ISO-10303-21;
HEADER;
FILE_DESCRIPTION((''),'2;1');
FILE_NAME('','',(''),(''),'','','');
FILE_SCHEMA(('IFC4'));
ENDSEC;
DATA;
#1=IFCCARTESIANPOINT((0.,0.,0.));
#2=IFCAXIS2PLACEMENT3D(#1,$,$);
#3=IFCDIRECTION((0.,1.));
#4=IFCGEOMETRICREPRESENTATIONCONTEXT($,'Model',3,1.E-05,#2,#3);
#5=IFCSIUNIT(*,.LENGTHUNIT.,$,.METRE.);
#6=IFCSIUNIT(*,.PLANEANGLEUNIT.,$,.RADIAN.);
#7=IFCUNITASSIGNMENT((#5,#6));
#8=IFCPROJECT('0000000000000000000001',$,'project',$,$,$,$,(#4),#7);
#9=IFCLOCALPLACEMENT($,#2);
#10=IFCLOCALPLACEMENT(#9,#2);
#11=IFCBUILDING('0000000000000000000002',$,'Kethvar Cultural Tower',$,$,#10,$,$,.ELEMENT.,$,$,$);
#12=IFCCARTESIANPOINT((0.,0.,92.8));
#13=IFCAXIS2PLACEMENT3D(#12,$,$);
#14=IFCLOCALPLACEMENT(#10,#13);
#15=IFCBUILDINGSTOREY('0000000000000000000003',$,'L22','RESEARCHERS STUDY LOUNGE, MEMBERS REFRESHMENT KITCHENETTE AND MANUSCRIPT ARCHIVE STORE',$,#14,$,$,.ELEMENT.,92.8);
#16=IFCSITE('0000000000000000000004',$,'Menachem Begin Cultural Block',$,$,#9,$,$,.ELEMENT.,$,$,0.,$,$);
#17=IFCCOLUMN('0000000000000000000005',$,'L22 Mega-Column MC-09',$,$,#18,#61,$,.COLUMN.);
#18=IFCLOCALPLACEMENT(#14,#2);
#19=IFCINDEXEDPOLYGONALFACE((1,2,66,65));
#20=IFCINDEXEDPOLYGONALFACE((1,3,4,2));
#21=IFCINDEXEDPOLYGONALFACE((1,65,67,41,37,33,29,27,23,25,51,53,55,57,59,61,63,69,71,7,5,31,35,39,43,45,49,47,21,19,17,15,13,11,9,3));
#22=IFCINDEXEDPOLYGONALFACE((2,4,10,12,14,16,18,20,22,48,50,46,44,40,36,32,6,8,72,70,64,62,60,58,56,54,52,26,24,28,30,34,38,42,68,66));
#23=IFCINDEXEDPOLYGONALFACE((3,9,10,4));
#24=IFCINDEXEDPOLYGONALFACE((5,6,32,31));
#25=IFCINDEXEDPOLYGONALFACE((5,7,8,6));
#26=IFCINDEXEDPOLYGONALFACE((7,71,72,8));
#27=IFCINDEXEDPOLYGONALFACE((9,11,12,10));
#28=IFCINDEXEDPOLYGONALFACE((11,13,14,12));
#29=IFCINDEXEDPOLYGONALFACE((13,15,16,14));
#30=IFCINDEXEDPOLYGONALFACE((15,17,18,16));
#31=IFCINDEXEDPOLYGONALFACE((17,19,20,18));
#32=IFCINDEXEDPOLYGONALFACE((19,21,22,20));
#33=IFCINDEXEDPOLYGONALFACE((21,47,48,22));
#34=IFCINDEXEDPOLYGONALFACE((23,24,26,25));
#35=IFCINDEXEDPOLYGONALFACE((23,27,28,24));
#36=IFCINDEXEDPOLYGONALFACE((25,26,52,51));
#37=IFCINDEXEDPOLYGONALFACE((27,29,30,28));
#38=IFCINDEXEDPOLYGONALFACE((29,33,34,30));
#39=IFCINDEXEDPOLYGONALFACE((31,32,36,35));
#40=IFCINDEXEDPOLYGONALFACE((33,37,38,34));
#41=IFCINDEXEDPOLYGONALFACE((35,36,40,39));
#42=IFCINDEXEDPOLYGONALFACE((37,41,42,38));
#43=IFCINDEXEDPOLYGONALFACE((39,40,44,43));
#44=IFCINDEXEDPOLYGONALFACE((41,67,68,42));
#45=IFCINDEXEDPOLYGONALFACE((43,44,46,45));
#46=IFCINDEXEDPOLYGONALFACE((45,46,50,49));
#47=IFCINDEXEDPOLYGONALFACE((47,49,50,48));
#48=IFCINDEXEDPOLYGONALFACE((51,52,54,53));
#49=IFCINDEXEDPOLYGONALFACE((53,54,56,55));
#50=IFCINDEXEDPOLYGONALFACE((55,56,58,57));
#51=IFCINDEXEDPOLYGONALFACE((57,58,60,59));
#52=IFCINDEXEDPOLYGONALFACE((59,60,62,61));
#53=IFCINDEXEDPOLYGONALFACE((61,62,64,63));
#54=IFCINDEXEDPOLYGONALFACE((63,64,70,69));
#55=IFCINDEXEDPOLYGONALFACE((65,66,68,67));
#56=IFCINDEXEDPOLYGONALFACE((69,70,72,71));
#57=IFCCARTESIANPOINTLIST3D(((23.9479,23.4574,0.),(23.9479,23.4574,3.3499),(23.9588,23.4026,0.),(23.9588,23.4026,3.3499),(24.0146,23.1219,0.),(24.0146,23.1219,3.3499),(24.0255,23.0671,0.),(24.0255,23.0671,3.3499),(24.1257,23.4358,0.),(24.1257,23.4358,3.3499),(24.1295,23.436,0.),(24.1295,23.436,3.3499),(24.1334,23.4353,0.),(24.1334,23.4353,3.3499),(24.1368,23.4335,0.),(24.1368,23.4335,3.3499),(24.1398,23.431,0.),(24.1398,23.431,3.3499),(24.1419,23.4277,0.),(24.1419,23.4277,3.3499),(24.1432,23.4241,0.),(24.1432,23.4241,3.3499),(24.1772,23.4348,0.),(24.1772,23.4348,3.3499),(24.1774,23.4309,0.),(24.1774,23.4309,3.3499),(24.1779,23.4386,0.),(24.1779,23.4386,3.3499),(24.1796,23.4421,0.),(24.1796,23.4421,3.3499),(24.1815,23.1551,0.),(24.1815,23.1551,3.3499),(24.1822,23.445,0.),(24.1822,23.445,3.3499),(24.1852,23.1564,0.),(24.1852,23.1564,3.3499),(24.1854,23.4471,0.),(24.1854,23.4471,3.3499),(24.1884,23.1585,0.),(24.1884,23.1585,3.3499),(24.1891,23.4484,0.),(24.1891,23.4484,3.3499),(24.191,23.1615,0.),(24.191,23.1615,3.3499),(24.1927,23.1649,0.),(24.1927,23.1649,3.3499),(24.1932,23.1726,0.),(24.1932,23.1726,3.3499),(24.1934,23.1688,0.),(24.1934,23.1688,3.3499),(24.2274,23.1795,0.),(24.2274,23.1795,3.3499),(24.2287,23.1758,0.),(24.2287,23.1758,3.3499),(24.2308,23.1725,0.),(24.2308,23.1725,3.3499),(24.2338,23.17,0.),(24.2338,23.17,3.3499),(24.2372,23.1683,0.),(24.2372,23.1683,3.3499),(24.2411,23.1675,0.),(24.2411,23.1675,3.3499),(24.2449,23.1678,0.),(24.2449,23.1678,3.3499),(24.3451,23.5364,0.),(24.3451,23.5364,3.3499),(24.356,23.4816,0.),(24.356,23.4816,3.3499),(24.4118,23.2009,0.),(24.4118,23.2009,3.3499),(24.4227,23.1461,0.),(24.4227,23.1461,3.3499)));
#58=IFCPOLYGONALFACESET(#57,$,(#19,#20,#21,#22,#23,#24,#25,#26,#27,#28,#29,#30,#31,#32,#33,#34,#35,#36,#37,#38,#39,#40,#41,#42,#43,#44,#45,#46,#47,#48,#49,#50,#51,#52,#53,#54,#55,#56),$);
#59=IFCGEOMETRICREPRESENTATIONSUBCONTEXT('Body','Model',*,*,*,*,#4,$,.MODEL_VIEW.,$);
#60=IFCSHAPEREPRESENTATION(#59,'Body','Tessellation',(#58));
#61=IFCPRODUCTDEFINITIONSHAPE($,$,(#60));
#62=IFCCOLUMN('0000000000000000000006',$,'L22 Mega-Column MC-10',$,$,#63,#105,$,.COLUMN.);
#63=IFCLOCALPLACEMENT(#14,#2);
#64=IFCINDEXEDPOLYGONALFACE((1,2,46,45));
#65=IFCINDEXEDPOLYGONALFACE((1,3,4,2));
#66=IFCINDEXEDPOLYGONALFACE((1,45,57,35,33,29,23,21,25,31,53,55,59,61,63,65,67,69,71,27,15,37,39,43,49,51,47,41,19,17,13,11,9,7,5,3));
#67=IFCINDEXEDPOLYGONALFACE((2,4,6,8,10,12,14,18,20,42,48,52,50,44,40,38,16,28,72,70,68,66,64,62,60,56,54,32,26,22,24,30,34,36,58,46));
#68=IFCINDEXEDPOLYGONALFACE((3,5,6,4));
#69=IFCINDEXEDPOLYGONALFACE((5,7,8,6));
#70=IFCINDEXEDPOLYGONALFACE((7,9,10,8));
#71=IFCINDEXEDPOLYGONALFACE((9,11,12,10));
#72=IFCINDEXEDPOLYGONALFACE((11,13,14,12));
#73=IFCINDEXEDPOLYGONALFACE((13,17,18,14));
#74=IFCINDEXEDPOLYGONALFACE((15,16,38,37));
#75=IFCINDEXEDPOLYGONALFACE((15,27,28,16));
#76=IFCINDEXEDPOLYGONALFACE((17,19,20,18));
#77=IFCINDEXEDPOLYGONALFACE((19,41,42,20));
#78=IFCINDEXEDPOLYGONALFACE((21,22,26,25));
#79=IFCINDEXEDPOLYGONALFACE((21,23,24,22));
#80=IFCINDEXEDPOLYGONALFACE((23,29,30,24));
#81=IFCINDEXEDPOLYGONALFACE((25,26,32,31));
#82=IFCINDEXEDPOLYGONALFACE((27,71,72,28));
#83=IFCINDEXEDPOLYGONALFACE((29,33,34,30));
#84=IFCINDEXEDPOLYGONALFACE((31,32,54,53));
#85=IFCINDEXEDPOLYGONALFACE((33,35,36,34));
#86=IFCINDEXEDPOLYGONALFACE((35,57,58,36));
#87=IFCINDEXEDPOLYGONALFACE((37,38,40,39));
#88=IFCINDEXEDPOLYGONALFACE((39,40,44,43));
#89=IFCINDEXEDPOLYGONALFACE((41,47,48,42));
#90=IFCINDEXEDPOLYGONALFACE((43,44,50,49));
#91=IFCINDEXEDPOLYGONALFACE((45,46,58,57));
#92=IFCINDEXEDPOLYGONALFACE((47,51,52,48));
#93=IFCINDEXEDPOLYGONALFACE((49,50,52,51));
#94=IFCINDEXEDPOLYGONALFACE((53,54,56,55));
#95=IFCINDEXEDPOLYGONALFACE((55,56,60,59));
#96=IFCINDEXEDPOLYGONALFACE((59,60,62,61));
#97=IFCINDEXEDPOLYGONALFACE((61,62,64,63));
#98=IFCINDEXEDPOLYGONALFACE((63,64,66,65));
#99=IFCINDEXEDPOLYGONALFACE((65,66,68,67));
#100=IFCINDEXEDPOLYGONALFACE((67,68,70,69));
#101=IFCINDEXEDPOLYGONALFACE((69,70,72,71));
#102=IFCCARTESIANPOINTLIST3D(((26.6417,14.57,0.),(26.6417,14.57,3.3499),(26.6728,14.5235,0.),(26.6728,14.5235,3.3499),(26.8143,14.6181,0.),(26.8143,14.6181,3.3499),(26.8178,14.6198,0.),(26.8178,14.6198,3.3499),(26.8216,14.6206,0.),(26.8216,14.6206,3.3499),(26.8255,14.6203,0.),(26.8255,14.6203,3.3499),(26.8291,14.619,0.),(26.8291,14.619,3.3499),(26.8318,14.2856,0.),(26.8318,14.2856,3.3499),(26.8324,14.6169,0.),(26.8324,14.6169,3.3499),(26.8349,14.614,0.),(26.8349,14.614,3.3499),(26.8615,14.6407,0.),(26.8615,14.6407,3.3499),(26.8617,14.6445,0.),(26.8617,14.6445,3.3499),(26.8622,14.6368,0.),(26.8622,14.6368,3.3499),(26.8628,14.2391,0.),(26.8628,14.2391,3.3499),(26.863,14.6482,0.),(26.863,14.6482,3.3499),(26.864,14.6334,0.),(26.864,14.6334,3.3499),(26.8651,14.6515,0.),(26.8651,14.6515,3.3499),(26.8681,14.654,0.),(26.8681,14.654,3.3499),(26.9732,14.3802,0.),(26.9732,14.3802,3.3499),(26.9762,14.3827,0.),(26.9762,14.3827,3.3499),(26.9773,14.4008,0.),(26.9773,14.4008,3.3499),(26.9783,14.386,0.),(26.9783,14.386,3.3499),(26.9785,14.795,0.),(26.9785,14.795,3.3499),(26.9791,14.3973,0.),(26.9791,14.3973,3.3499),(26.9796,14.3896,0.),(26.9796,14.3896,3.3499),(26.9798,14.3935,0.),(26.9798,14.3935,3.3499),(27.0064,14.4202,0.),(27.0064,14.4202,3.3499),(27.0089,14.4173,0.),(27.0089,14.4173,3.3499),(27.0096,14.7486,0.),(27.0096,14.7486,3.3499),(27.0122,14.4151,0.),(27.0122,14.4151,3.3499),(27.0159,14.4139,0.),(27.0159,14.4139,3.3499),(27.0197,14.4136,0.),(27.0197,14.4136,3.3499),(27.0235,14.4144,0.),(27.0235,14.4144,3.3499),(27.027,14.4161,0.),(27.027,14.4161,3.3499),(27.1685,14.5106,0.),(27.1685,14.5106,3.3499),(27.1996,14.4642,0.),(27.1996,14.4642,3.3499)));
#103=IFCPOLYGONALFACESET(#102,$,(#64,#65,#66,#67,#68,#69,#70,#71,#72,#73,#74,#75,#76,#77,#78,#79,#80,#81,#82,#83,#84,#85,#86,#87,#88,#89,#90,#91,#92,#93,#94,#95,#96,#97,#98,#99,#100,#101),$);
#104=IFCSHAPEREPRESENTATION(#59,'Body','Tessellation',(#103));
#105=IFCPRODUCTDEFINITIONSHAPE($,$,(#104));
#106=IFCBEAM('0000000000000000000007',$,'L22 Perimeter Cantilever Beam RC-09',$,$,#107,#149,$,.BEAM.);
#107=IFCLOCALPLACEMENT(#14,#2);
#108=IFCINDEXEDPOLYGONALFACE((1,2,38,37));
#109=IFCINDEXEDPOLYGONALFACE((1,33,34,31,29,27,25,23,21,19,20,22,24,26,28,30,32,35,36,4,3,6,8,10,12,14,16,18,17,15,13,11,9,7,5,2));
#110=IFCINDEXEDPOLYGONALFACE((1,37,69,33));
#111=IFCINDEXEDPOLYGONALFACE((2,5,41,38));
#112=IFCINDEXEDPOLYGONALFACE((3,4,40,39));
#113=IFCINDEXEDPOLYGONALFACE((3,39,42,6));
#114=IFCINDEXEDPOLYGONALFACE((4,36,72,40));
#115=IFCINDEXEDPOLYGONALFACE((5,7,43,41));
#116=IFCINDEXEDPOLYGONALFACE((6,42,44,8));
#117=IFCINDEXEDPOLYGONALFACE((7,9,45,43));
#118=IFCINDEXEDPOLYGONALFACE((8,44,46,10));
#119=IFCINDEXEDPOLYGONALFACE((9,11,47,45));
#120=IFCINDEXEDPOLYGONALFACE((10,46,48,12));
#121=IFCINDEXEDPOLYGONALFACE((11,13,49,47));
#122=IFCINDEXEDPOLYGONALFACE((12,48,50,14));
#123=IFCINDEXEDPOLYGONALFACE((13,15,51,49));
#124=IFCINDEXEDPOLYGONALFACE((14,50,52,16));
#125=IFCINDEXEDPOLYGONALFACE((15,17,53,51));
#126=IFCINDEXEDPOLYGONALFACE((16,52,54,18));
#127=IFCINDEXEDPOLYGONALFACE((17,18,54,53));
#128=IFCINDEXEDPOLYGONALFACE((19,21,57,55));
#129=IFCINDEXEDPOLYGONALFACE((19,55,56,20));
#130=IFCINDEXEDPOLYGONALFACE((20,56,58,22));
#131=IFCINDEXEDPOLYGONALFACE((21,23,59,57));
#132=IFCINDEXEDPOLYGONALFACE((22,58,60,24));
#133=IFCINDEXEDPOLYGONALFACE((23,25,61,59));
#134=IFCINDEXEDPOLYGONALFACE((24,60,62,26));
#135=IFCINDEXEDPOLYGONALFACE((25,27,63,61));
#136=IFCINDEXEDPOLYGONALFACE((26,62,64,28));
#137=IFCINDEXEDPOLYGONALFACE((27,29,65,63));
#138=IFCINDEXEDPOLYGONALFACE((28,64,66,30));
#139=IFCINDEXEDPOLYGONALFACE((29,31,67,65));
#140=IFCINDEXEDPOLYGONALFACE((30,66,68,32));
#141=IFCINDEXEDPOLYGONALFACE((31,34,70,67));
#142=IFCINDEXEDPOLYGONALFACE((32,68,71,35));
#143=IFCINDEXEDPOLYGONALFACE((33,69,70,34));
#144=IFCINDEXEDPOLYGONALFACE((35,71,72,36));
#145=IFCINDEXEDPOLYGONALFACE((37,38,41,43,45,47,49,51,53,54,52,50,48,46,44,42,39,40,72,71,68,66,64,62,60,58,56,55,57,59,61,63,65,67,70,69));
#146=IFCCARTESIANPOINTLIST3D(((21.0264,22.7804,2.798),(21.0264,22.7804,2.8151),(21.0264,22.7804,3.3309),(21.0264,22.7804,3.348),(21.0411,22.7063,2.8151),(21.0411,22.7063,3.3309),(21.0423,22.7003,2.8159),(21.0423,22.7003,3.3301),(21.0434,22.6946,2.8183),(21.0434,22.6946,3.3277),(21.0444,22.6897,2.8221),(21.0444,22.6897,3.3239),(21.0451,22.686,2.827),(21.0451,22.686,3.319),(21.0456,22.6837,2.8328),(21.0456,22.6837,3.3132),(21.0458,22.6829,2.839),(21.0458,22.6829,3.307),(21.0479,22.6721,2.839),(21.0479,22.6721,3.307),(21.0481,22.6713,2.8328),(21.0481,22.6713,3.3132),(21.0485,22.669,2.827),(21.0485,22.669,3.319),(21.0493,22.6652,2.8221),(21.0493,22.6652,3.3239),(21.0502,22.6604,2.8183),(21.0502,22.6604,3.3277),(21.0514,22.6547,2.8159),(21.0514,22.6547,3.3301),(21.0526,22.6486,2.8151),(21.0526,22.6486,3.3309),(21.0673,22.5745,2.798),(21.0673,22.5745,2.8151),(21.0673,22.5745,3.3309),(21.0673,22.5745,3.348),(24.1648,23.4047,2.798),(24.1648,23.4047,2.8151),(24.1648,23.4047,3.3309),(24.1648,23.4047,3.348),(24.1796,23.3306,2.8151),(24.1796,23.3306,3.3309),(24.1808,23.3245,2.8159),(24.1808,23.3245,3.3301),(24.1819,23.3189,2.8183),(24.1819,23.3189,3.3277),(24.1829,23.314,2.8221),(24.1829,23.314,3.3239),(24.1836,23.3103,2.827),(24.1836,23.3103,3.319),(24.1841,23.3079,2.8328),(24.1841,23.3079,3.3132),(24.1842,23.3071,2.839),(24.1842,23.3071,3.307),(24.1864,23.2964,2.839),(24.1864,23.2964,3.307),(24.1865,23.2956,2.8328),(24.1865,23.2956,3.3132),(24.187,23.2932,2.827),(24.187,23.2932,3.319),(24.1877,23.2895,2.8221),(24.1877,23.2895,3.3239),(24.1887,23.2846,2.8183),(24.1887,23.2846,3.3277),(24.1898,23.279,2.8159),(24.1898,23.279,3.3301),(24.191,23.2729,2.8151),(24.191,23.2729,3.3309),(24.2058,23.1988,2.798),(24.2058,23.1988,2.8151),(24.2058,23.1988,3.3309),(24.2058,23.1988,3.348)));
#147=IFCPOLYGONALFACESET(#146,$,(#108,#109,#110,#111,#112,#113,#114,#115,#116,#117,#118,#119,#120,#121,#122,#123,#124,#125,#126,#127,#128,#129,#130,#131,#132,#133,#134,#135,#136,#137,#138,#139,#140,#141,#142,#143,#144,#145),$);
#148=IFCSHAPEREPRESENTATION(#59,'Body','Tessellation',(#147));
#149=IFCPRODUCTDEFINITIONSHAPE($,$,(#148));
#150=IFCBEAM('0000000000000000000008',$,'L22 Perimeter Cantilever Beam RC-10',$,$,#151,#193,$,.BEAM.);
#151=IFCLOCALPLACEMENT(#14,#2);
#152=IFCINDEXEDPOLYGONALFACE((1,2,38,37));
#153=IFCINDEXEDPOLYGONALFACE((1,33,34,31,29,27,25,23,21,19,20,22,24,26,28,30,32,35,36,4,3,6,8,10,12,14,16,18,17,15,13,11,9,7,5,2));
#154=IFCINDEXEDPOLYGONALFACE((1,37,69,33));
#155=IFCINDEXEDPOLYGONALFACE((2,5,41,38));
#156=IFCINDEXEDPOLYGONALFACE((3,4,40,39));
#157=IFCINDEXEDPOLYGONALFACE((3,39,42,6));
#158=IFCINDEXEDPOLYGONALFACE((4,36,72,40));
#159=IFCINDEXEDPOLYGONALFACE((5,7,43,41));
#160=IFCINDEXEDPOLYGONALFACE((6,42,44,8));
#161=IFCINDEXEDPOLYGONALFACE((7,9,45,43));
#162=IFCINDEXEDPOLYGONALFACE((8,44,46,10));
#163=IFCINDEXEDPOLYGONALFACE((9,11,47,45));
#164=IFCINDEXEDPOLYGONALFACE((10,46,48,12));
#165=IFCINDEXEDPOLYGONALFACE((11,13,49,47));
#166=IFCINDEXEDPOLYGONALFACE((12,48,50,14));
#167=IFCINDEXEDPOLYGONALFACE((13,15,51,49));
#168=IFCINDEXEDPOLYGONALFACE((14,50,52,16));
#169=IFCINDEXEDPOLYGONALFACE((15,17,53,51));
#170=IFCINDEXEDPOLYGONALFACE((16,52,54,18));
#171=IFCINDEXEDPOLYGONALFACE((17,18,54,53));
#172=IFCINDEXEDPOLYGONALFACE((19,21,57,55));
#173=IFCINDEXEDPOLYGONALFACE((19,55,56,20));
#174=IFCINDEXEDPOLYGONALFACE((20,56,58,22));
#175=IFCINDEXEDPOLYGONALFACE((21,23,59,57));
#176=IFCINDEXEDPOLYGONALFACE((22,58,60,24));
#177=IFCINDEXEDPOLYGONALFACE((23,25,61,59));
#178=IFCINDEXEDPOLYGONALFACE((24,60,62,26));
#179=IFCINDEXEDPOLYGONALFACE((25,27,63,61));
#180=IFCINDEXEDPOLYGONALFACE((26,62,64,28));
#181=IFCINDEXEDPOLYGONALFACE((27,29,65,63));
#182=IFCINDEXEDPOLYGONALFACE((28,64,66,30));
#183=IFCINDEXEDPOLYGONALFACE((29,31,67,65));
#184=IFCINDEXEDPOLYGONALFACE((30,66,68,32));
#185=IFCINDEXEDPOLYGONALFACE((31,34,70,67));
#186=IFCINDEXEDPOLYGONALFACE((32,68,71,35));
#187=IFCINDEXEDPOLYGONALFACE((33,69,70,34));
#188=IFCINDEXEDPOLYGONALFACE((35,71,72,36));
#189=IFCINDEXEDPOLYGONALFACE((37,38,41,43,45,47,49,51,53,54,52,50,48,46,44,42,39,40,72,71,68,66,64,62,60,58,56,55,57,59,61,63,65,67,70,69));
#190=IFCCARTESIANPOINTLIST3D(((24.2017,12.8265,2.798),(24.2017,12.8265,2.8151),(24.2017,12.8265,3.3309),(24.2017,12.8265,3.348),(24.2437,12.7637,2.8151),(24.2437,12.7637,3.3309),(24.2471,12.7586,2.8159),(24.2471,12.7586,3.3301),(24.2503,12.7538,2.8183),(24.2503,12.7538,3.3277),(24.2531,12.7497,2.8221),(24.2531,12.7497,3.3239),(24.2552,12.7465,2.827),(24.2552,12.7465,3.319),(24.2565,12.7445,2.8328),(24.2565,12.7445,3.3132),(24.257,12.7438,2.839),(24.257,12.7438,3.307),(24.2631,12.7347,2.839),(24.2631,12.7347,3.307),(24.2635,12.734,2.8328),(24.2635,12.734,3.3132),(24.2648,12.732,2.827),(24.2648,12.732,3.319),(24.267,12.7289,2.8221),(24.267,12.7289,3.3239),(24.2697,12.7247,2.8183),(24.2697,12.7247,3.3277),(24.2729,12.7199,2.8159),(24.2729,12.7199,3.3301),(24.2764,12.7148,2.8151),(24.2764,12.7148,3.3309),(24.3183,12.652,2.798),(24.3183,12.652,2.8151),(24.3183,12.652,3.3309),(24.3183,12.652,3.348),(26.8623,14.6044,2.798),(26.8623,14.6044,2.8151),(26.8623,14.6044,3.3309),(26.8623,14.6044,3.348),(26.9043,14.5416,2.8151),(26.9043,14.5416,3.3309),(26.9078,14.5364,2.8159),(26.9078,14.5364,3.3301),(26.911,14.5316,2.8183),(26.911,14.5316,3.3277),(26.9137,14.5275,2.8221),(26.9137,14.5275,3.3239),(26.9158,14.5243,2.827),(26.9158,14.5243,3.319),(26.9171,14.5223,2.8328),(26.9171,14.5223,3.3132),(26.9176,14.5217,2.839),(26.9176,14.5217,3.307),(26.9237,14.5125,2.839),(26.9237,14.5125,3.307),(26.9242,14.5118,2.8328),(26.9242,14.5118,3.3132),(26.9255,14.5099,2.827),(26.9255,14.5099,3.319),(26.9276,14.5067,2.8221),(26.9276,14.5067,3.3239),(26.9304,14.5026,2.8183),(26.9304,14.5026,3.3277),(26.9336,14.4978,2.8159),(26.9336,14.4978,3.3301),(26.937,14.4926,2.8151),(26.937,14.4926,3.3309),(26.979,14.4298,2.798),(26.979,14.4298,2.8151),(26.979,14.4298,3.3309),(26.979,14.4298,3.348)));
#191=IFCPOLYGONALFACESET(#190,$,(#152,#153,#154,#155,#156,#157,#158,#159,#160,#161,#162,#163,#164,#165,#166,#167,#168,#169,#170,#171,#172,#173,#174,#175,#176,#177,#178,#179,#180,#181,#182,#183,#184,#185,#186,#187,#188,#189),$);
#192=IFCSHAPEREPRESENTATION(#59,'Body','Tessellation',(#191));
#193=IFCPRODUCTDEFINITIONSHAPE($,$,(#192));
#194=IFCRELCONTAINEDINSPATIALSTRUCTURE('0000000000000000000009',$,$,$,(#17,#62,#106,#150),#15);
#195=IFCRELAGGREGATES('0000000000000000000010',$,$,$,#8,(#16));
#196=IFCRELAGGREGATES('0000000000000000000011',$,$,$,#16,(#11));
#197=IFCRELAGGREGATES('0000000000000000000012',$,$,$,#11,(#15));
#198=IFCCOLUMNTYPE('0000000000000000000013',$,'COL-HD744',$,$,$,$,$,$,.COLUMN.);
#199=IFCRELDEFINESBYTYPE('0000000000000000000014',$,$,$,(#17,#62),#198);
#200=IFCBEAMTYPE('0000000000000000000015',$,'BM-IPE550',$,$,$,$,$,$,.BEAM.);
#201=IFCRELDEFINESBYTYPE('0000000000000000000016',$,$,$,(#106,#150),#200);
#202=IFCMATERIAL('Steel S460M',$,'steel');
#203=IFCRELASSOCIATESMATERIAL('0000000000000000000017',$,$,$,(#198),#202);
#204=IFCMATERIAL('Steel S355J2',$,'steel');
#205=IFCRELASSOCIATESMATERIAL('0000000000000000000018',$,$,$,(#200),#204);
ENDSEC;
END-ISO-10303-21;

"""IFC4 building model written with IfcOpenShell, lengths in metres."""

from ifc_helpers import new_model, si_unit, direction, frame, origin, origin_2d, place, context, subcontext, project, spatial, i_section, extrude, source, transform, mapped, material, material_profile, profile_set, type_object, element, save


model = new_model("IFC4")

# Units and contexts
model_context = context("Model", 3, precision=1e-05, world=origin(), true_north=direction((0.0, 1.0)))
body_context = subcontext(model_context, "Body", "Model", "MODEL_VIEW")
ifc_project = project(units=[si_unit("LENGTHUNIT", "METRE"), si_unit("PLANEANGLEUNIT", "RADIAN")], contexts=[model_context])

# Site, building, storey
site_placement = place(None, origin())
site = spatial("IfcSite", under=ifc_project, at=site_placement, Name="Menachem Begin Cultural Block", CompositionType="ELEMENT", RefElevation=0.0)
building_placement = place(site_placement, origin())
building = spatial("IfcBuilding", under=site, at=building_placement, Name="Kethvar Cultural Tower", CompositionType="ELEMENT")
storey_placement = place(building_placement, frame((0.0, 0.0, 92.8)))
storey = spatial("IfcBuildingStorey", under=building, at=storey_placement, Name="L22", Description="RESEARCHERS STUDY LOUNGE, MEMBERS REFRESHMENT KITCHENETTE AND MANUSCRIPT ARCHIVE STORE", CompositionType="ELEMENT", Elevation=92.8)

# Columns
ifc_material_1 = material(Name="Steel S460M", Category="steel")
ifc_material_profile_1 = material_profile(ifc_material_1, i_section(OverallWidth=0.405, OverallDepth=0.3979, WebThickness=0.0349, FlangeThickness=0.0559, FilletRadius=0.0149, at=origin_2d()), Name="Steel S460M — HD400x744")
ifc_profile_set_1 = profile_set([ifc_material_profile_1], Name="Steel S460M — HD400x744")
column_type = type_object("IfcColumnType", Name="COL-HD744", PredefinedType="COLUMN", material=ifc_profile_set_1)
shared_shape_1 = source(origin(), body_context, "Body", "SweptSolid", [
    extrude(i_section(OverallWidth=0.405, OverallDepth=0.3979, WebThickness=0.0349, FlangeThickness=0.0559, FilletRadius=0.0149, at=origin_2d()), origin(), (0.0, 0.0, 1.0), 3.3499),
])
for number, where, z_axis, x_axis, name in (
    (1, (24.1853, 23.3018, 0.0), (0.0, 0.0, 1.0), (-0.980785, -0.19509, 0.0), "L22 Mega-Column MC-09"),
    (2, (26.9207, 14.5171, 0.0), (0.0, 0.0, 1.0), (-0.83147, -0.55557, 0.0), "L22 Mega-Column MC-10"),
):
    element("IfcColumn", number, at=place(storey_placement, frame(where, z_axis=z_axis, x_axis=x_axis)), inside=storey, type_object=column_type, Name=name, PredefinedType="COLUMN", context=body_context, shape_type="MappedRepresentation", body=[
        mapped(shared_shape_1, transform((0.0, 0.0, 0.0), scale=1.0)),
    ])

# Beams
ifc_material_2 = material(Name="Steel S355J2", Category="steel")
ifc_material_profile_2 = material_profile(ifc_material_2, i_section(OverallWidth=0.21, OverallDepth=0.55, WebThickness=0.011, FlangeThickness=0.0171, FilletRadius=0.0239, at=origin_2d()), Name="Steel S355J2 — IPE550")
ifc_profile_set_2 = profile_set([ifc_material_profile_2], Name="Steel S355J2 — IPE550")
beam_type_1 = type_object("IfcBeamType", Name="BM-IPE550", PredefinedType="BEAM", material=ifc_profile_set_2)
shared_shape_2 = source(origin(), body_context, "Body", "SweptSolid", [
    extrude(i_section(OverallWidth=0.21, OverallDepth=0.55, WebThickness=0.011, FlangeThickness=0.0171, FilletRadius=0.0239, at=origin_2d()), origin(), (0.0, 0.0, 1.0), 3.2),
])
for number, where, z_axis, x_axis, name in (
    (3, (24.1853, 23.3018, 3.073), (-0.980786, -0.195089, 0.0), (0.195089, -0.980786, 0.0), "L22 Perimeter Cantilever Beam RC-09"),
    (4, (26.9207, 14.5171, 3.073), (-0.831463, -0.55558, 0.0), (0.55558, -0.831463, 0.0), "L22 Perimeter Cantilever Beam RC-10"),
):
    element("IfcBeam", number, at=place(storey_placement, frame(where, z_axis=z_axis, x_axis=x_axis)), inside=storey, type_object=beam_type_1, Name=name, PredefinedType="BEAM", context=body_context, shape_type="MappedRepresentation", body=[
        mapped(shared_shape_2, transform((0.0, 0.0, 0.0), scale=1.0)),
    ])

save(model, "model.ifc")
